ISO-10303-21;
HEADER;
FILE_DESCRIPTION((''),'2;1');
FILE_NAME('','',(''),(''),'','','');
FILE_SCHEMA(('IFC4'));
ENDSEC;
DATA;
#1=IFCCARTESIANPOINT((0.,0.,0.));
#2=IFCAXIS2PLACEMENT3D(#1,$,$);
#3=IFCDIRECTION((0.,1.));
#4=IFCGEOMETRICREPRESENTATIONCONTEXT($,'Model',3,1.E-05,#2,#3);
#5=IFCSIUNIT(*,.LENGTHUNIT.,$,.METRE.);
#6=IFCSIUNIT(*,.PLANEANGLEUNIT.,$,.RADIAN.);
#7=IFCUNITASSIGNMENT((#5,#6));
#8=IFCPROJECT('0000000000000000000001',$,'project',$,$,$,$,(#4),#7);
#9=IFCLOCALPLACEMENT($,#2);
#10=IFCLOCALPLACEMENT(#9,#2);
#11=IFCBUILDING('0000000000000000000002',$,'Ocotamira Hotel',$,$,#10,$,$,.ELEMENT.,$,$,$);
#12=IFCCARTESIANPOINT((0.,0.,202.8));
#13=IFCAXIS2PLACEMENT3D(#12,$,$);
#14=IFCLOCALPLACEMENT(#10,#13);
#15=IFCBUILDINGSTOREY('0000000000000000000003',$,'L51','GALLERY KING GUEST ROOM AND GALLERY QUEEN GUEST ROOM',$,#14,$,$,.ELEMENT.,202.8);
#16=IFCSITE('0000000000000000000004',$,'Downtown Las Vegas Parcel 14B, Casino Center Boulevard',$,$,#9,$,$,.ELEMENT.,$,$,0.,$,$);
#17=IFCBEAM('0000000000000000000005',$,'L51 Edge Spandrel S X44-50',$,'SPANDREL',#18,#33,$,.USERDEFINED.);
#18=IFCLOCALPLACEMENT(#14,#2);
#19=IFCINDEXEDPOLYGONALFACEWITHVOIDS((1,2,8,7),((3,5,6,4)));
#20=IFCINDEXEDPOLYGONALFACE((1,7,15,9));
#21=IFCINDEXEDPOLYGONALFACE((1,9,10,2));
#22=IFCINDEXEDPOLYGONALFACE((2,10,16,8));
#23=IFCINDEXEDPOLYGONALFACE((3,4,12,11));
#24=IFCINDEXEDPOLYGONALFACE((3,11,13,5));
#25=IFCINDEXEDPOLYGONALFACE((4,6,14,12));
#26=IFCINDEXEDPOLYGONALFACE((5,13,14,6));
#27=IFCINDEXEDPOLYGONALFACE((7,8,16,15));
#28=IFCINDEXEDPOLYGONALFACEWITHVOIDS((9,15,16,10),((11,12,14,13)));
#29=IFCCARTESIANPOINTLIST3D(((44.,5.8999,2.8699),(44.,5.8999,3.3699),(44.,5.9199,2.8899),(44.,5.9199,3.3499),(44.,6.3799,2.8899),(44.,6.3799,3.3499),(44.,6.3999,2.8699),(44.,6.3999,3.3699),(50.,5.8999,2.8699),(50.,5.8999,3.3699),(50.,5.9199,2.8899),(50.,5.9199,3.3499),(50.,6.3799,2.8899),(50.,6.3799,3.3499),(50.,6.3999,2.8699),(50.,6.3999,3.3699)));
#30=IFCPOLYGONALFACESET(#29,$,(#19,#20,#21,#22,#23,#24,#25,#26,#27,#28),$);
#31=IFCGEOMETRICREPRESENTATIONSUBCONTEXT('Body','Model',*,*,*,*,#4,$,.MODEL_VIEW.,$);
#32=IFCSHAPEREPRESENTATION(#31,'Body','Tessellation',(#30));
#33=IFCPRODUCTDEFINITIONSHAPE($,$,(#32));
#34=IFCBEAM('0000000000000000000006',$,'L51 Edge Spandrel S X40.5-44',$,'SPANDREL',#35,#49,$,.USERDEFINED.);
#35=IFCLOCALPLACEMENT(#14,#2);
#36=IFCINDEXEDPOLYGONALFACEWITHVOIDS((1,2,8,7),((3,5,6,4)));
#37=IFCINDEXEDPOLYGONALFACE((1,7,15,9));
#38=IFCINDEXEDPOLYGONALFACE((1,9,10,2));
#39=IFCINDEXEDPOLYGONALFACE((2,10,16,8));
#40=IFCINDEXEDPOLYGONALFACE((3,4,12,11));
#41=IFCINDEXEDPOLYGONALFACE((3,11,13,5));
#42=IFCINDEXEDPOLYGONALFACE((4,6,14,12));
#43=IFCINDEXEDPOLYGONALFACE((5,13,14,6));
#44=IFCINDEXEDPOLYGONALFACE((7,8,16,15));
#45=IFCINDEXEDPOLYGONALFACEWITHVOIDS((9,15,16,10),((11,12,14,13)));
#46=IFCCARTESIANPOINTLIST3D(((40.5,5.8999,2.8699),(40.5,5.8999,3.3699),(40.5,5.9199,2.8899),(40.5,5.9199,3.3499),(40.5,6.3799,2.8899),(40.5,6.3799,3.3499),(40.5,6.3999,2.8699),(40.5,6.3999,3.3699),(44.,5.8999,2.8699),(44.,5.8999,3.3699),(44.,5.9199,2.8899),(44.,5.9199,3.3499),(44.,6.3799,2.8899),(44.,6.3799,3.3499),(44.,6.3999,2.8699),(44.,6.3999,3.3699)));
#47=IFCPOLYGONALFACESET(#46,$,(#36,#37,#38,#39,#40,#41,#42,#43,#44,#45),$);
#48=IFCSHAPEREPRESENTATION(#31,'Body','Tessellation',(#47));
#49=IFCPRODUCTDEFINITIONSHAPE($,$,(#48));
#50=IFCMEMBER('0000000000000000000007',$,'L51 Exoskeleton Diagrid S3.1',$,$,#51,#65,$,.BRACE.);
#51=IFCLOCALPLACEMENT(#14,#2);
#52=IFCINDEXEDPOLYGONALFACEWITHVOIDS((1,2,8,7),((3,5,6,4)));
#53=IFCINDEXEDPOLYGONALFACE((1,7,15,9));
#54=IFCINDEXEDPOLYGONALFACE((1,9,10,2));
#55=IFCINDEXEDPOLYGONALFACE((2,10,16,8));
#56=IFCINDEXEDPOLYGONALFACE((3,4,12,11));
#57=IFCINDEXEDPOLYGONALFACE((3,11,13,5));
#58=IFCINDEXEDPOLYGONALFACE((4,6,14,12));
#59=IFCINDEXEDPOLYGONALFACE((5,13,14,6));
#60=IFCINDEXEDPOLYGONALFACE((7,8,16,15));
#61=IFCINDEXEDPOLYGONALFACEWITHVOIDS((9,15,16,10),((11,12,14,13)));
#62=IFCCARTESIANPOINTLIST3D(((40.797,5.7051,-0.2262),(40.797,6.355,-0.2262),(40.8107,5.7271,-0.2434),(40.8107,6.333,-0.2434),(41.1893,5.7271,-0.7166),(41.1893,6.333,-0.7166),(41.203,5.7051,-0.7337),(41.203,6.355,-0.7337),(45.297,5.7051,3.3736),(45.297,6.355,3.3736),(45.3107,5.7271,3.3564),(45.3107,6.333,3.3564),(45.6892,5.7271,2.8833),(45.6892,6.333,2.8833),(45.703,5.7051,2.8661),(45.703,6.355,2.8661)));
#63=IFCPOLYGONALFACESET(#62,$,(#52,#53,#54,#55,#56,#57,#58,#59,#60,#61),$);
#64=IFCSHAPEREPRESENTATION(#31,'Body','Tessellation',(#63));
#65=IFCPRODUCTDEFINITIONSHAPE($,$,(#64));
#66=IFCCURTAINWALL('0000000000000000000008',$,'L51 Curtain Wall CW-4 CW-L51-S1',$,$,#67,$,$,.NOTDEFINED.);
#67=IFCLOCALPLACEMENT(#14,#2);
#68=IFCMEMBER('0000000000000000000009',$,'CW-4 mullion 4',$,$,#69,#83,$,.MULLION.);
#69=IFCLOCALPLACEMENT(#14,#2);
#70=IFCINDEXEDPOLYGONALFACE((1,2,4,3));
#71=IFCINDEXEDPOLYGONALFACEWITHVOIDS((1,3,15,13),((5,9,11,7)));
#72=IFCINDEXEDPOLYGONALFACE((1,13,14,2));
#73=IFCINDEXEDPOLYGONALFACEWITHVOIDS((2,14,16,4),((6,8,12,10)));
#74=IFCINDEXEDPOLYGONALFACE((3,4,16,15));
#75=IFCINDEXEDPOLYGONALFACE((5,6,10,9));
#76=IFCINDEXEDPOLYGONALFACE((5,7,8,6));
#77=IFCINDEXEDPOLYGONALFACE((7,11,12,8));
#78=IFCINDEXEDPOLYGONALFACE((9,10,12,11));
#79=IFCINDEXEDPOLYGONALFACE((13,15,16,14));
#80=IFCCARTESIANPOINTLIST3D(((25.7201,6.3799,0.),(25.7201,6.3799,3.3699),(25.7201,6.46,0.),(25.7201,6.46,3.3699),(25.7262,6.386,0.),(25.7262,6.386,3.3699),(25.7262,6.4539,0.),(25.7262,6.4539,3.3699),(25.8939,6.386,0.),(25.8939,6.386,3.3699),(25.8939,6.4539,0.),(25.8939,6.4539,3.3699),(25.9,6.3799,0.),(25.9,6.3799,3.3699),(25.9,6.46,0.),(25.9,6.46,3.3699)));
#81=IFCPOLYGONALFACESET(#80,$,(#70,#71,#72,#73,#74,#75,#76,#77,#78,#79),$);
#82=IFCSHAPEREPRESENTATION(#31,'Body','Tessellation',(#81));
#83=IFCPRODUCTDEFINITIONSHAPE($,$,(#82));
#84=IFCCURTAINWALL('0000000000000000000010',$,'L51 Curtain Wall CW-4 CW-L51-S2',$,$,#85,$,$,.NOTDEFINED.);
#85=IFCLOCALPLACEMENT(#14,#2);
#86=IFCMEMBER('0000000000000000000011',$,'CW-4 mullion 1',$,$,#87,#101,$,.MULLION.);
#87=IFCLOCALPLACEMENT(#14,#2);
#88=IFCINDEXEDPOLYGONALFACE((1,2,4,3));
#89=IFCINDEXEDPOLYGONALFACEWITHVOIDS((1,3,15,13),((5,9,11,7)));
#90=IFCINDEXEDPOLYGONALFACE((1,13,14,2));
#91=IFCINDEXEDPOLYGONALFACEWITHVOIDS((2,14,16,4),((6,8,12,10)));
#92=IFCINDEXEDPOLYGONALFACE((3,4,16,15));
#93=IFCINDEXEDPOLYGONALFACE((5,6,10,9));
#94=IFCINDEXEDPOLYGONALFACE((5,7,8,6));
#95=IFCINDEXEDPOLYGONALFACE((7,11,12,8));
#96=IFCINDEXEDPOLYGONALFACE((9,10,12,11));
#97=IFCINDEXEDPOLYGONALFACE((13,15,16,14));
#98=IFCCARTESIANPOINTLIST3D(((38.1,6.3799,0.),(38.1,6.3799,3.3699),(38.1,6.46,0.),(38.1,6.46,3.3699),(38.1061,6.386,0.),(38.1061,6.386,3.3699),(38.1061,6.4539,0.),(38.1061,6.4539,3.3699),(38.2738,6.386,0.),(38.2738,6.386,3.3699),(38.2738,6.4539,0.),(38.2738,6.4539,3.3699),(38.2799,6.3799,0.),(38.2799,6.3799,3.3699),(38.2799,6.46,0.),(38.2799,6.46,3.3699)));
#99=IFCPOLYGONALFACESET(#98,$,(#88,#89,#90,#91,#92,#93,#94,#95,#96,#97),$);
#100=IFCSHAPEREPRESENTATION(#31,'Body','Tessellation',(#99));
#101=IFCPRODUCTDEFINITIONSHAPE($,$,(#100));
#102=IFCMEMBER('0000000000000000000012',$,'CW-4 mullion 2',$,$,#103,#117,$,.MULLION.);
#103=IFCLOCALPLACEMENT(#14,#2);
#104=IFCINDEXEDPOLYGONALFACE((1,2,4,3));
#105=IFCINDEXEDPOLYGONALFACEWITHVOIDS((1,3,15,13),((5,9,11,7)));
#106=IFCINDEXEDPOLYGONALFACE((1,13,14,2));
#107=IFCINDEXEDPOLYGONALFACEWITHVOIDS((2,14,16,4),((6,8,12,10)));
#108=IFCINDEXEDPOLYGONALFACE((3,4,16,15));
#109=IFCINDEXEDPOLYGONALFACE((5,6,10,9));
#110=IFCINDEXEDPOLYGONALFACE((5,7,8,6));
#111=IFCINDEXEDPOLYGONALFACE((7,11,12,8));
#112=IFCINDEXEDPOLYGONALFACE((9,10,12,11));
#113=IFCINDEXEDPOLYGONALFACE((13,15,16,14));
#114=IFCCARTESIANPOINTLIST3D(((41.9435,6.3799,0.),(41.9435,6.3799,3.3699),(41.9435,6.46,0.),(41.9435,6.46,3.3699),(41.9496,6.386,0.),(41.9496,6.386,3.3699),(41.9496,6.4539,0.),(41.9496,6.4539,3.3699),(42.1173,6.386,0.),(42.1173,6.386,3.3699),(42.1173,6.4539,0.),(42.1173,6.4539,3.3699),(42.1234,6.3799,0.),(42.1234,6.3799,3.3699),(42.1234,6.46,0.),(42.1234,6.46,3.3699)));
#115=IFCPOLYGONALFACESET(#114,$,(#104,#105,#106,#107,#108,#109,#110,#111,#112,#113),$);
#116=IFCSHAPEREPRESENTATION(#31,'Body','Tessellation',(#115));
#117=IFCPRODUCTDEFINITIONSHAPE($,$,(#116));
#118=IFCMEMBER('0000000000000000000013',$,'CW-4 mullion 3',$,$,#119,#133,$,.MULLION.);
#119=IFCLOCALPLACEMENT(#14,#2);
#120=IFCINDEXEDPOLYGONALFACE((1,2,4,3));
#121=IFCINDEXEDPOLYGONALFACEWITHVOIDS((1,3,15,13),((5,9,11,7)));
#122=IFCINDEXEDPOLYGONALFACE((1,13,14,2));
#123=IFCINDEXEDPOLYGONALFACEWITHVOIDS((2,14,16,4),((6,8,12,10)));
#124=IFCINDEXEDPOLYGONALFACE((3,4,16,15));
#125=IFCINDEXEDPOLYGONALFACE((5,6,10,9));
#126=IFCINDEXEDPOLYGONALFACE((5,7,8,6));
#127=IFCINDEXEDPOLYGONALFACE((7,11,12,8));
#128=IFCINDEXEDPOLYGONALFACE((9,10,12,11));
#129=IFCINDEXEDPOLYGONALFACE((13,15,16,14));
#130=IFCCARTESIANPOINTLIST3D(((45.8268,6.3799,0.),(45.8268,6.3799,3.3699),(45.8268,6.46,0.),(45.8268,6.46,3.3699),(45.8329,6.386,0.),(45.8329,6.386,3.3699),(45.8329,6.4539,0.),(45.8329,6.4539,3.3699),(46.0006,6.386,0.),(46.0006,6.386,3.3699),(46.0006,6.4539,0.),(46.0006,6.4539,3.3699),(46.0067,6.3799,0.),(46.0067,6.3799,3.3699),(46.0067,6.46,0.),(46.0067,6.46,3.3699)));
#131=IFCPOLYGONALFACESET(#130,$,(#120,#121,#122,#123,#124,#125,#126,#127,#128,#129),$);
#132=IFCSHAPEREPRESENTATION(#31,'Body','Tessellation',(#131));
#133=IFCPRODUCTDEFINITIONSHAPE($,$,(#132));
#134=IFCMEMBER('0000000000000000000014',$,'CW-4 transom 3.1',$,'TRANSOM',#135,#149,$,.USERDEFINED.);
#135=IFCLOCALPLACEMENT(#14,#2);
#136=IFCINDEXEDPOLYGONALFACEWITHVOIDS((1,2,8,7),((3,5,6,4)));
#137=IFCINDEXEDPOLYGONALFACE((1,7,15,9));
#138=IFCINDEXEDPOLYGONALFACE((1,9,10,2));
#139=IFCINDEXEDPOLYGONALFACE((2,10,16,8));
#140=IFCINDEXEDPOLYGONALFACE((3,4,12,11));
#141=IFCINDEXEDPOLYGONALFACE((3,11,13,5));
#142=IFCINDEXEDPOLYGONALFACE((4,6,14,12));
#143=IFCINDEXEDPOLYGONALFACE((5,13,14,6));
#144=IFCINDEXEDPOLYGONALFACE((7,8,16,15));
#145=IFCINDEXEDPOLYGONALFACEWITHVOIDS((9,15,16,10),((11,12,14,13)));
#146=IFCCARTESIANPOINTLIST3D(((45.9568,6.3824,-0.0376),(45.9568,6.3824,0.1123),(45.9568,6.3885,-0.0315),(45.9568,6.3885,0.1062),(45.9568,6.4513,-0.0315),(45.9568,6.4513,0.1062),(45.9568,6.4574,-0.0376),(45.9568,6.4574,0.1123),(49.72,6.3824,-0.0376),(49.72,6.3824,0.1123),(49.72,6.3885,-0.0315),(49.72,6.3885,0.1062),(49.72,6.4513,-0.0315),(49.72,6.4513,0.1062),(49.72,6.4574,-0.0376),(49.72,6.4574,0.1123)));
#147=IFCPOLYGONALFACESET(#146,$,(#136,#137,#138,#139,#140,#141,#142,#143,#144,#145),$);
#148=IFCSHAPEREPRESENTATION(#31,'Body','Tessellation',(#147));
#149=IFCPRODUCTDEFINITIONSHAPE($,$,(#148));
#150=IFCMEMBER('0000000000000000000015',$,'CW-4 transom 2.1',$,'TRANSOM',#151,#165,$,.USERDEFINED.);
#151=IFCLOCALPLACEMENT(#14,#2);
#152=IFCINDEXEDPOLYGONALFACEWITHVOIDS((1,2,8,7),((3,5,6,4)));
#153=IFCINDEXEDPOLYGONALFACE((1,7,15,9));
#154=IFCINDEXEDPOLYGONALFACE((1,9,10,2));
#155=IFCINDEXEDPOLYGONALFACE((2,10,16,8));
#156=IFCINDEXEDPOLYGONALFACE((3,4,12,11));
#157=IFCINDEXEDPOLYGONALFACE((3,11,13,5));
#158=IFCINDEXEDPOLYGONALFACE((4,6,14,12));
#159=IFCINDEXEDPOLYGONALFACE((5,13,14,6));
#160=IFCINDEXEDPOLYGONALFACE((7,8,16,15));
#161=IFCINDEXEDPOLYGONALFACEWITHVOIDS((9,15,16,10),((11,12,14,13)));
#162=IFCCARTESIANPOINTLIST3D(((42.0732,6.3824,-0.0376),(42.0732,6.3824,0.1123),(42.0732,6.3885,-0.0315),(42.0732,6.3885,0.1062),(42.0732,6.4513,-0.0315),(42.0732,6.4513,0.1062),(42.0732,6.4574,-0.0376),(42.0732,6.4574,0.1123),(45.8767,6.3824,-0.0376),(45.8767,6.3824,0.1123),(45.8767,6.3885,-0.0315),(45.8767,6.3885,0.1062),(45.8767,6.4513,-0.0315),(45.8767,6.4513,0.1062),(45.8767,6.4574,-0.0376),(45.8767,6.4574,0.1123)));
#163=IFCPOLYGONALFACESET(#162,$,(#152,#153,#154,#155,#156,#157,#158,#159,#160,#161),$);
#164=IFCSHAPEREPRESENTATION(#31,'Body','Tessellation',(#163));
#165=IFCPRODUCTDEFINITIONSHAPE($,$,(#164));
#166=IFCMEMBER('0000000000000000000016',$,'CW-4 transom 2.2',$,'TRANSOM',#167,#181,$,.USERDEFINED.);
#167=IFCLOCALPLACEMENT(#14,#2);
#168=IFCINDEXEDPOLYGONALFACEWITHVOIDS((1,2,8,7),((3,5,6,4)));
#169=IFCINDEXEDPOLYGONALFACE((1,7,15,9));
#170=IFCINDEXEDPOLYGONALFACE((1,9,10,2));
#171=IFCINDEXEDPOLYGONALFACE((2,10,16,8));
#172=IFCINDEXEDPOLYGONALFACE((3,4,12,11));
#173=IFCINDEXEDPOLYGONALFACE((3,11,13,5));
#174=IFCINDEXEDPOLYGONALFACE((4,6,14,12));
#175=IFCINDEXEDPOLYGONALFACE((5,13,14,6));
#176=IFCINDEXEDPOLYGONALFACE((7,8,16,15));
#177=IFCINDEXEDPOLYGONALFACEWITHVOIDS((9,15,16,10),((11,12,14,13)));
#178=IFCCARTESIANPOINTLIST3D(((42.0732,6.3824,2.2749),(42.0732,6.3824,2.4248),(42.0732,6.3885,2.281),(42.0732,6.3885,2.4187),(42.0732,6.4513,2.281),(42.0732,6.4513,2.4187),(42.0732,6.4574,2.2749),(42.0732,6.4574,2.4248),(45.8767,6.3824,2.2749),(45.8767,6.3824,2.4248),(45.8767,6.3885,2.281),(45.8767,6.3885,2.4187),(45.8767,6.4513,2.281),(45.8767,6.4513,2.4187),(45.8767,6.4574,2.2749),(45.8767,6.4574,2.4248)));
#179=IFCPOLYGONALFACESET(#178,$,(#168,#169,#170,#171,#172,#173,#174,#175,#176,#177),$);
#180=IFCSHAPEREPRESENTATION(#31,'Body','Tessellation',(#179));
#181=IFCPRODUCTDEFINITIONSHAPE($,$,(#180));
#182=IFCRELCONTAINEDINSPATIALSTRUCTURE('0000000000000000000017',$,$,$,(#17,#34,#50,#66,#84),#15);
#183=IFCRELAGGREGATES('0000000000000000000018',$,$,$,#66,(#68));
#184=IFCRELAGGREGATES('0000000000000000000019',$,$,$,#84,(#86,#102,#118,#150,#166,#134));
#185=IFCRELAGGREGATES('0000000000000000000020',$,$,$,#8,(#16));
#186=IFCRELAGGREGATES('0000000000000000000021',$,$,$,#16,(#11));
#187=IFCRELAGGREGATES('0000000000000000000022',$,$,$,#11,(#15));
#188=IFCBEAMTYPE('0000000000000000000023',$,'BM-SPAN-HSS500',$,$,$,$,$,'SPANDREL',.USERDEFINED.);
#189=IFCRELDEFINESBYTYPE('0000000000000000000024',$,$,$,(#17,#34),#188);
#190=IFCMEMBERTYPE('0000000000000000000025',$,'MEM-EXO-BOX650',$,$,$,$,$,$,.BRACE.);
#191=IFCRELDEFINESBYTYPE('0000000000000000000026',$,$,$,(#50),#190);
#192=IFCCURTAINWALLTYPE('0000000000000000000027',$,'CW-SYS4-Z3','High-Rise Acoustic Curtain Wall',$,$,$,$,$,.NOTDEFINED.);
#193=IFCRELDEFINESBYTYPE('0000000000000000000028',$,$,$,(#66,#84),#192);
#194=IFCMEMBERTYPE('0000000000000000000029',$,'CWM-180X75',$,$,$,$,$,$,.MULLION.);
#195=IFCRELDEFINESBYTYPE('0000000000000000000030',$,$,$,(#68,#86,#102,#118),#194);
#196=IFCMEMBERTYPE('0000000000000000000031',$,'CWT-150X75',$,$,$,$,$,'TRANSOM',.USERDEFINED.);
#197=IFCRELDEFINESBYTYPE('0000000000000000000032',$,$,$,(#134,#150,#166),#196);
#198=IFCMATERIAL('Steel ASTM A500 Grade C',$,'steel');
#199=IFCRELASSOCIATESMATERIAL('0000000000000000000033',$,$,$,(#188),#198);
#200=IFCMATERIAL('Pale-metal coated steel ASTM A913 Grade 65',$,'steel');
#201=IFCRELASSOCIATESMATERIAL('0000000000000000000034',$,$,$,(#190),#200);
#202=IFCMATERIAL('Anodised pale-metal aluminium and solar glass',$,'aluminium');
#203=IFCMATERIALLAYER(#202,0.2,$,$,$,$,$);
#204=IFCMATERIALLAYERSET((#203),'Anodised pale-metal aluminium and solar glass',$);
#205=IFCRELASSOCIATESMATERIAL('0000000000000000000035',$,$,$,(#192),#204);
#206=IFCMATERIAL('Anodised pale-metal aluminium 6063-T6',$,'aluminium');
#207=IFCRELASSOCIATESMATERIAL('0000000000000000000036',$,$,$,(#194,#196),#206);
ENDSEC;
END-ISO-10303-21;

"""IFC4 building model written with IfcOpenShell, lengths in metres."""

from ifc_helpers import new_model, si_unit, direction, frame, origin, origin_2d, place, context, subcontext, project, spatial, hollow_rectangle, extrude, source, transform, mapped, material, layer, layer_set, material_profile, profile_set, type_object, element, aggregate, save


model = new_model("IFC4")

# Units and contexts
model_context = context("Model", 3, precision=1e-05, world=origin(), true_north=direction((0.0, 1.0)))
body_context = subcontext(model_context, "Body", "Model", "MODEL_VIEW")
ifc_project = project(units=[si_unit("LENGTHUNIT", "METRE"), si_unit("PLANEANGLEUNIT", "RADIAN")], contexts=[model_context])

# Site, building, storey
site_placement = place(None, origin())
site = spatial("IfcSite", under=ifc_project, at=site_placement, Name="Downtown Las Vegas Parcel 14B, Casino Center Boulevard", CompositionType="ELEMENT", RefElevation=0.0)
building_placement = place(site_placement, origin())
building = spatial("IfcBuilding", under=site, at=building_placement, Name="Ocotamira Hotel", CompositionType="ELEMENT")
storey_placement = place(building_placement, frame((0.0, 0.0, 202.8)))
storey = spatial("IfcBuildingStorey", under=building, at=storey_placement, Name="L51", Description="GALLERY KING GUEST ROOM AND GALLERY QUEEN GUEST ROOM", CompositionType="ELEMENT", Elevation=202.8)

# Beams
ifc_material_1 = material(Name="Steel ASTM A500 Grade C", Category="steel")
ifc_material_profile_1 = material_profile(ifc_material_1, hollow_rectangle(XDim=0.5, YDim=0.5, WallThickness=0.02, at=origin_2d()), Name="HSS500X500X20")
ifc_profile_set_1 = profile_set([ifc_material_profile_1], Name="Steel ASTM A500 Grade C")
beam_type = type_object("IfcBeamType", Name="BM-SPAN-HSS500", ElementType="SPANDREL", PredefinedType="USERDEFINED", material=ifc_profile_set_1)
shared_shape_1 = source(origin(), body_context, "Body", "SweptSolid", [
    extrude(hollow_rectangle(XDim=0.5, YDim=0.5, WallThickness=0.02, at=origin_2d()), origin(), (0.0, 0.0, 1.0), 6.0),
])
beam_1_placement = place(storey_placement, frame((44.0, 6.1499, 3.1199), z_axis=(1.0, 0.0, 0.0), x_axis=(0.0, 1.0, 0.0)))
element("IfcBeam", 1, at=beam_1_placement, inside=storey, type_object=beam_type, Name="L51 Edge Spandrel S X44-50", ObjectType="SPANDREL", PredefinedType="USERDEFINED", context=body_context, shape_type="MappedRepresentation", body=[
    mapped(shared_shape_1, transform((0.0, 0.0, 0.0), scale=1.0)),
])
shared_shape_2 = source(origin(), body_context, "Body", "SweptSolid", [
    extrude(hollow_rectangle(XDim=0.5, YDim=0.5, WallThickness=0.02, at=origin_2d()), origin(), (0.0, 0.0, 1.0), 3.5),
])
beam_2_placement = place(storey_placement, frame((40.5, 6.1499, 3.1199), z_axis=(1.0, 0.0, 0.0), x_axis=(0.0, 1.0, 0.0)))
element("IfcBeam", 2, at=beam_2_placement, inside=storey, type_object=beam_type, Name="L51 Edge Spandrel S X40.5-44", ObjectType="SPANDREL", PredefinedType="USERDEFINED", context=body_context, shape_type="MappedRepresentation", body=[
    mapped(shared_shape_2, transform((0.0, 0.0, 0.0), scale=1.0)),
])

# Member
ifc_material_2 = material(Name="Pale-metal coated steel ASTM A913 Grade 65", Category="steel")
ifc_material_profile_2 = material_profile(ifc_material_2, hollow_rectangle(XDim=0.6499, YDim=0.6499, WallThickness=0.022, at=origin_2d()), Name="BOX650X650X22")
ifc_profile_set_2 = profile_set([ifc_material_profile_2], Name="Pale-metal coated steel ASTM A913 Grade 65")
member_type_1 = type_object("IfcMemberType", Name="MEM-EXO-BOX650", PredefinedType="BRACE", material=ifc_profile_set_2)
shared_shape_3 = source(origin(), body_context, "Body", "SweptSolid", [
    extrude(hollow_rectangle(XDim=0.6499, YDim=0.6499, WallThickness=0.022, at=origin_2d()), origin(), (0.0, 0.0, 1.0), 5.7627),
])
member_1_placement = place(storey_placement, frame((41.0, 6.03, -0.48), z_axis=(0.780881, 0.0, 0.62468), x_axis=(0.0, 1.0, 0.0)))
element("IfcMember", 3, at=member_1_placement, inside=storey, type_object=member_type_1, Name="L51 Exoskeleton Diagrid S3.1", PredefinedType="BRACE", context=body_context, shape_type="MappedRepresentation", body=[
    mapped(shared_shape_3, transform((0.0, 0.0, 0.0), scale=1.0)),
])

# Curtain wall, member
ifc_material_3 = material(Name="Anodised pale-metal aluminium and solar glass", Category="aluminium")
ifc_layer_1 = layer(ifc_material_3, 0.2)
ifc_layer_set_1 = layer_set([ifc_layer_1], Name="Anodised pale-metal aluminium and solar glass")
curtain_wall_type = type_object("IfcCurtainWallType", Name="CW-SYS4-Z3", Description="High-Rise Acoustic Curtain Wall", PredefinedType="NOTDEFINED", material=ifc_layer_set_1)
curtain_wall_1_placement = place(storey_placement, origin())
curtain_wall_1 = element("IfcCurtainWall", 4, at=curtain_wall_1_placement, inside=storey, type_object=curtain_wall_type, Name="L51 Curtain Wall CW-4 CW-L51-S1", PredefinedType="NOTDEFINED")
ifc_material_4 = material(Name="Anodised pale-metal aluminium 6063-T6", Category="aluminium")
ifc_material_profile_3 = material_profile(ifc_material_4, hollow_rectangle(XDim=0.0801, YDim=0.1799, WallThickness=0.0061, at=origin_2d()), Name="HSS180X80X6")
ifc_profile_set_3 = profile_set([ifc_material_profile_3], Name="Anodised pale-metal aluminium 6063-T6")
member_type_2 = type_object("IfcMemberType", Name="CWM-180X75", PredefinedType="MULLION", material=ifc_profile_set_3)
shared_shape_4 = source(origin(), body_context, "Body", "SweptSolid", [
    extrude(hollow_rectangle(XDim=0.0801, YDim=0.1799, WallThickness=0.0061, at=origin_2d()), origin(), (0.0, 0.0, 1.0), 3.3699),
])
member_2_placement = place(storey_placement, frame((25.8101, 6.4199, 0.0), z_axis=(0.0, 0.0, 1.0), x_axis=(0.0, 1.0, 0.0)))
member_2 = element("IfcMember", 5, at=member_2_placement, type_object=member_type_2, Name="CW-4 mullion 4", PredefinedType="MULLION", context=body_context, shape_type="MappedRepresentation", body=[
    mapped(shared_shape_4, transform((0.0, 0.0, 0.0), scale=1.0)),
])

# Curtain wall, members
curtain_wall_2_placement = place(storey_placement, origin())
curtain_wall_2 = element("IfcCurtainWall", 6, at=curtain_wall_2_placement, inside=storey, type_object=curtain_wall_type, Name="L51 Curtain Wall CW-4 CW-L51-S2", PredefinedType="NOTDEFINED")
member_3_placement = place(storey_placement, frame((38.1899, 6.4199, 0.0), z_axis=(0.0, 0.0, 1.0), x_axis=(0.0, 1.0, 0.0)))
member_3 = element("IfcMember", 7, at=member_3_placement, type_object=member_type_2, Name="CW-4 mullion 1", PredefinedType="MULLION", context=body_context, shape_type="MappedRepresentation", body=[
    mapped(shared_shape_4, transform((0.0, 0.0, 0.0), scale=1.0)),
])
member_4_placement = place(storey_placement, frame((42.0334, 6.4199, 0.0), z_axis=(0.0, 0.0, 1.0), x_axis=(0.0, 1.0, 0.0)))
member_4 = element("IfcMember", 8, at=member_4_placement, type_object=member_type_2, Name="CW-4 mullion 2", PredefinedType="MULLION", context=body_context, shape_type="MappedRepresentation", body=[
    mapped(shared_shape_4, transform((0.0, 0.0, 0.0), scale=1.0)),
])
member_5_placement = place(storey_placement, frame((45.9167, 6.4199, 0.0), z_axis=(0.0, 0.0, 1.0), x_axis=(0.0, 1.0, 0.0)))
member_5 = element("IfcMember", 9, at=member_5_placement, type_object=member_type_2, Name="CW-4 mullion 3", PredefinedType="MULLION", context=body_context, shape_type="MappedRepresentation", body=[
    mapped(shared_shape_4, transform((0.0, 0.0, 0.0), scale=1.0)),
])
ifc_material_profile_4 = material_profile(ifc_material_4, hollow_rectangle(XDim=0.075, YDim=0.1499, WallThickness=0.0061, at=origin_2d()), Name="HSS150X75X6")
ifc_profile_set_4 = profile_set([ifc_material_profile_4], Name="Anodised pale-metal aluminium 6063-T6")
member_type_3 = type_object("IfcMemberType", Name="CWT-150X75", ElementType="TRANSOM", PredefinedType="USERDEFINED", material=ifc_profile_set_4)
shared_shape_5 = source(origin(), body_context, "Body", "SweptSolid", [
    extrude(hollow_rectangle(XDim=0.075, YDim=0.1499, WallThickness=0.0061, at=origin_2d()), origin(), (0.0, 0.0, 1.0), 3.7632),
])
member_6_placement = place(storey_placement, frame((45.9568, 6.4199, 0.0374), z_axis=(1.0, 0.0, 0.0), x_axis=(0.0, 1.0, 0.0)))
member_6 = element("IfcMember", 10, at=member_6_placement, type_object=member_type_3, Name="CW-4 transom 3.1", ObjectType="TRANSOM", PredefinedType="USERDEFINED", context=body_context, shape_type="MappedRepresentation", body=[
    mapped(shared_shape_5, transform((0.0, 0.0, 0.0), scale=1.0)),
])
shared_shape_6 = source(origin(), body_context, "Body", "SweptSolid", [
    extrude(hollow_rectangle(XDim=0.075, YDim=0.1499, WallThickness=0.0061, at=origin_2d()), origin(), (0.0, 0.0, 1.0), 3.8035),
])
member_7_placement = place(storey_placement, frame((42.0732, 6.4199, 0.0374), z_axis=(1.0, 0.0, 0.0), x_axis=(0.0, 1.0, 0.0)))
member_7 = element("IfcMember", 11, at=member_7_placement, type_object=member_type_3, Name="CW-4 transom 2.1", ObjectType="TRANSOM", PredefinedType="USERDEFINED", context=body_context, shape_type="MappedRepresentation", body=[
    mapped(shared_shape_6, transform((0.0, 0.0, 0.0), scale=1.0)),
])
member_8_placement = place(storey_placement, frame((42.0732, 6.4199, 2.3499), z_axis=(1.0, 0.0, 0.0), x_axis=(0.0, 1.0, 0.0)))
member_8 = element("IfcMember", 12, at=member_8_placement, type_object=member_type_3, Name="CW-4 transom 2.2", ObjectType="TRANSOM", PredefinedType="USERDEFINED", context=body_context, shape_type="MappedRepresentation", body=[
    mapped(shared_shape_6, transform((0.0, 0.0, 0.0), scale=1.0)),
])

aggregate(curtain_wall_1, [member_2])
aggregate(curtain_wall_2, [member_3, member_4, member_5, member_7, member_8, member_6])

save(model, "model.ifc")
